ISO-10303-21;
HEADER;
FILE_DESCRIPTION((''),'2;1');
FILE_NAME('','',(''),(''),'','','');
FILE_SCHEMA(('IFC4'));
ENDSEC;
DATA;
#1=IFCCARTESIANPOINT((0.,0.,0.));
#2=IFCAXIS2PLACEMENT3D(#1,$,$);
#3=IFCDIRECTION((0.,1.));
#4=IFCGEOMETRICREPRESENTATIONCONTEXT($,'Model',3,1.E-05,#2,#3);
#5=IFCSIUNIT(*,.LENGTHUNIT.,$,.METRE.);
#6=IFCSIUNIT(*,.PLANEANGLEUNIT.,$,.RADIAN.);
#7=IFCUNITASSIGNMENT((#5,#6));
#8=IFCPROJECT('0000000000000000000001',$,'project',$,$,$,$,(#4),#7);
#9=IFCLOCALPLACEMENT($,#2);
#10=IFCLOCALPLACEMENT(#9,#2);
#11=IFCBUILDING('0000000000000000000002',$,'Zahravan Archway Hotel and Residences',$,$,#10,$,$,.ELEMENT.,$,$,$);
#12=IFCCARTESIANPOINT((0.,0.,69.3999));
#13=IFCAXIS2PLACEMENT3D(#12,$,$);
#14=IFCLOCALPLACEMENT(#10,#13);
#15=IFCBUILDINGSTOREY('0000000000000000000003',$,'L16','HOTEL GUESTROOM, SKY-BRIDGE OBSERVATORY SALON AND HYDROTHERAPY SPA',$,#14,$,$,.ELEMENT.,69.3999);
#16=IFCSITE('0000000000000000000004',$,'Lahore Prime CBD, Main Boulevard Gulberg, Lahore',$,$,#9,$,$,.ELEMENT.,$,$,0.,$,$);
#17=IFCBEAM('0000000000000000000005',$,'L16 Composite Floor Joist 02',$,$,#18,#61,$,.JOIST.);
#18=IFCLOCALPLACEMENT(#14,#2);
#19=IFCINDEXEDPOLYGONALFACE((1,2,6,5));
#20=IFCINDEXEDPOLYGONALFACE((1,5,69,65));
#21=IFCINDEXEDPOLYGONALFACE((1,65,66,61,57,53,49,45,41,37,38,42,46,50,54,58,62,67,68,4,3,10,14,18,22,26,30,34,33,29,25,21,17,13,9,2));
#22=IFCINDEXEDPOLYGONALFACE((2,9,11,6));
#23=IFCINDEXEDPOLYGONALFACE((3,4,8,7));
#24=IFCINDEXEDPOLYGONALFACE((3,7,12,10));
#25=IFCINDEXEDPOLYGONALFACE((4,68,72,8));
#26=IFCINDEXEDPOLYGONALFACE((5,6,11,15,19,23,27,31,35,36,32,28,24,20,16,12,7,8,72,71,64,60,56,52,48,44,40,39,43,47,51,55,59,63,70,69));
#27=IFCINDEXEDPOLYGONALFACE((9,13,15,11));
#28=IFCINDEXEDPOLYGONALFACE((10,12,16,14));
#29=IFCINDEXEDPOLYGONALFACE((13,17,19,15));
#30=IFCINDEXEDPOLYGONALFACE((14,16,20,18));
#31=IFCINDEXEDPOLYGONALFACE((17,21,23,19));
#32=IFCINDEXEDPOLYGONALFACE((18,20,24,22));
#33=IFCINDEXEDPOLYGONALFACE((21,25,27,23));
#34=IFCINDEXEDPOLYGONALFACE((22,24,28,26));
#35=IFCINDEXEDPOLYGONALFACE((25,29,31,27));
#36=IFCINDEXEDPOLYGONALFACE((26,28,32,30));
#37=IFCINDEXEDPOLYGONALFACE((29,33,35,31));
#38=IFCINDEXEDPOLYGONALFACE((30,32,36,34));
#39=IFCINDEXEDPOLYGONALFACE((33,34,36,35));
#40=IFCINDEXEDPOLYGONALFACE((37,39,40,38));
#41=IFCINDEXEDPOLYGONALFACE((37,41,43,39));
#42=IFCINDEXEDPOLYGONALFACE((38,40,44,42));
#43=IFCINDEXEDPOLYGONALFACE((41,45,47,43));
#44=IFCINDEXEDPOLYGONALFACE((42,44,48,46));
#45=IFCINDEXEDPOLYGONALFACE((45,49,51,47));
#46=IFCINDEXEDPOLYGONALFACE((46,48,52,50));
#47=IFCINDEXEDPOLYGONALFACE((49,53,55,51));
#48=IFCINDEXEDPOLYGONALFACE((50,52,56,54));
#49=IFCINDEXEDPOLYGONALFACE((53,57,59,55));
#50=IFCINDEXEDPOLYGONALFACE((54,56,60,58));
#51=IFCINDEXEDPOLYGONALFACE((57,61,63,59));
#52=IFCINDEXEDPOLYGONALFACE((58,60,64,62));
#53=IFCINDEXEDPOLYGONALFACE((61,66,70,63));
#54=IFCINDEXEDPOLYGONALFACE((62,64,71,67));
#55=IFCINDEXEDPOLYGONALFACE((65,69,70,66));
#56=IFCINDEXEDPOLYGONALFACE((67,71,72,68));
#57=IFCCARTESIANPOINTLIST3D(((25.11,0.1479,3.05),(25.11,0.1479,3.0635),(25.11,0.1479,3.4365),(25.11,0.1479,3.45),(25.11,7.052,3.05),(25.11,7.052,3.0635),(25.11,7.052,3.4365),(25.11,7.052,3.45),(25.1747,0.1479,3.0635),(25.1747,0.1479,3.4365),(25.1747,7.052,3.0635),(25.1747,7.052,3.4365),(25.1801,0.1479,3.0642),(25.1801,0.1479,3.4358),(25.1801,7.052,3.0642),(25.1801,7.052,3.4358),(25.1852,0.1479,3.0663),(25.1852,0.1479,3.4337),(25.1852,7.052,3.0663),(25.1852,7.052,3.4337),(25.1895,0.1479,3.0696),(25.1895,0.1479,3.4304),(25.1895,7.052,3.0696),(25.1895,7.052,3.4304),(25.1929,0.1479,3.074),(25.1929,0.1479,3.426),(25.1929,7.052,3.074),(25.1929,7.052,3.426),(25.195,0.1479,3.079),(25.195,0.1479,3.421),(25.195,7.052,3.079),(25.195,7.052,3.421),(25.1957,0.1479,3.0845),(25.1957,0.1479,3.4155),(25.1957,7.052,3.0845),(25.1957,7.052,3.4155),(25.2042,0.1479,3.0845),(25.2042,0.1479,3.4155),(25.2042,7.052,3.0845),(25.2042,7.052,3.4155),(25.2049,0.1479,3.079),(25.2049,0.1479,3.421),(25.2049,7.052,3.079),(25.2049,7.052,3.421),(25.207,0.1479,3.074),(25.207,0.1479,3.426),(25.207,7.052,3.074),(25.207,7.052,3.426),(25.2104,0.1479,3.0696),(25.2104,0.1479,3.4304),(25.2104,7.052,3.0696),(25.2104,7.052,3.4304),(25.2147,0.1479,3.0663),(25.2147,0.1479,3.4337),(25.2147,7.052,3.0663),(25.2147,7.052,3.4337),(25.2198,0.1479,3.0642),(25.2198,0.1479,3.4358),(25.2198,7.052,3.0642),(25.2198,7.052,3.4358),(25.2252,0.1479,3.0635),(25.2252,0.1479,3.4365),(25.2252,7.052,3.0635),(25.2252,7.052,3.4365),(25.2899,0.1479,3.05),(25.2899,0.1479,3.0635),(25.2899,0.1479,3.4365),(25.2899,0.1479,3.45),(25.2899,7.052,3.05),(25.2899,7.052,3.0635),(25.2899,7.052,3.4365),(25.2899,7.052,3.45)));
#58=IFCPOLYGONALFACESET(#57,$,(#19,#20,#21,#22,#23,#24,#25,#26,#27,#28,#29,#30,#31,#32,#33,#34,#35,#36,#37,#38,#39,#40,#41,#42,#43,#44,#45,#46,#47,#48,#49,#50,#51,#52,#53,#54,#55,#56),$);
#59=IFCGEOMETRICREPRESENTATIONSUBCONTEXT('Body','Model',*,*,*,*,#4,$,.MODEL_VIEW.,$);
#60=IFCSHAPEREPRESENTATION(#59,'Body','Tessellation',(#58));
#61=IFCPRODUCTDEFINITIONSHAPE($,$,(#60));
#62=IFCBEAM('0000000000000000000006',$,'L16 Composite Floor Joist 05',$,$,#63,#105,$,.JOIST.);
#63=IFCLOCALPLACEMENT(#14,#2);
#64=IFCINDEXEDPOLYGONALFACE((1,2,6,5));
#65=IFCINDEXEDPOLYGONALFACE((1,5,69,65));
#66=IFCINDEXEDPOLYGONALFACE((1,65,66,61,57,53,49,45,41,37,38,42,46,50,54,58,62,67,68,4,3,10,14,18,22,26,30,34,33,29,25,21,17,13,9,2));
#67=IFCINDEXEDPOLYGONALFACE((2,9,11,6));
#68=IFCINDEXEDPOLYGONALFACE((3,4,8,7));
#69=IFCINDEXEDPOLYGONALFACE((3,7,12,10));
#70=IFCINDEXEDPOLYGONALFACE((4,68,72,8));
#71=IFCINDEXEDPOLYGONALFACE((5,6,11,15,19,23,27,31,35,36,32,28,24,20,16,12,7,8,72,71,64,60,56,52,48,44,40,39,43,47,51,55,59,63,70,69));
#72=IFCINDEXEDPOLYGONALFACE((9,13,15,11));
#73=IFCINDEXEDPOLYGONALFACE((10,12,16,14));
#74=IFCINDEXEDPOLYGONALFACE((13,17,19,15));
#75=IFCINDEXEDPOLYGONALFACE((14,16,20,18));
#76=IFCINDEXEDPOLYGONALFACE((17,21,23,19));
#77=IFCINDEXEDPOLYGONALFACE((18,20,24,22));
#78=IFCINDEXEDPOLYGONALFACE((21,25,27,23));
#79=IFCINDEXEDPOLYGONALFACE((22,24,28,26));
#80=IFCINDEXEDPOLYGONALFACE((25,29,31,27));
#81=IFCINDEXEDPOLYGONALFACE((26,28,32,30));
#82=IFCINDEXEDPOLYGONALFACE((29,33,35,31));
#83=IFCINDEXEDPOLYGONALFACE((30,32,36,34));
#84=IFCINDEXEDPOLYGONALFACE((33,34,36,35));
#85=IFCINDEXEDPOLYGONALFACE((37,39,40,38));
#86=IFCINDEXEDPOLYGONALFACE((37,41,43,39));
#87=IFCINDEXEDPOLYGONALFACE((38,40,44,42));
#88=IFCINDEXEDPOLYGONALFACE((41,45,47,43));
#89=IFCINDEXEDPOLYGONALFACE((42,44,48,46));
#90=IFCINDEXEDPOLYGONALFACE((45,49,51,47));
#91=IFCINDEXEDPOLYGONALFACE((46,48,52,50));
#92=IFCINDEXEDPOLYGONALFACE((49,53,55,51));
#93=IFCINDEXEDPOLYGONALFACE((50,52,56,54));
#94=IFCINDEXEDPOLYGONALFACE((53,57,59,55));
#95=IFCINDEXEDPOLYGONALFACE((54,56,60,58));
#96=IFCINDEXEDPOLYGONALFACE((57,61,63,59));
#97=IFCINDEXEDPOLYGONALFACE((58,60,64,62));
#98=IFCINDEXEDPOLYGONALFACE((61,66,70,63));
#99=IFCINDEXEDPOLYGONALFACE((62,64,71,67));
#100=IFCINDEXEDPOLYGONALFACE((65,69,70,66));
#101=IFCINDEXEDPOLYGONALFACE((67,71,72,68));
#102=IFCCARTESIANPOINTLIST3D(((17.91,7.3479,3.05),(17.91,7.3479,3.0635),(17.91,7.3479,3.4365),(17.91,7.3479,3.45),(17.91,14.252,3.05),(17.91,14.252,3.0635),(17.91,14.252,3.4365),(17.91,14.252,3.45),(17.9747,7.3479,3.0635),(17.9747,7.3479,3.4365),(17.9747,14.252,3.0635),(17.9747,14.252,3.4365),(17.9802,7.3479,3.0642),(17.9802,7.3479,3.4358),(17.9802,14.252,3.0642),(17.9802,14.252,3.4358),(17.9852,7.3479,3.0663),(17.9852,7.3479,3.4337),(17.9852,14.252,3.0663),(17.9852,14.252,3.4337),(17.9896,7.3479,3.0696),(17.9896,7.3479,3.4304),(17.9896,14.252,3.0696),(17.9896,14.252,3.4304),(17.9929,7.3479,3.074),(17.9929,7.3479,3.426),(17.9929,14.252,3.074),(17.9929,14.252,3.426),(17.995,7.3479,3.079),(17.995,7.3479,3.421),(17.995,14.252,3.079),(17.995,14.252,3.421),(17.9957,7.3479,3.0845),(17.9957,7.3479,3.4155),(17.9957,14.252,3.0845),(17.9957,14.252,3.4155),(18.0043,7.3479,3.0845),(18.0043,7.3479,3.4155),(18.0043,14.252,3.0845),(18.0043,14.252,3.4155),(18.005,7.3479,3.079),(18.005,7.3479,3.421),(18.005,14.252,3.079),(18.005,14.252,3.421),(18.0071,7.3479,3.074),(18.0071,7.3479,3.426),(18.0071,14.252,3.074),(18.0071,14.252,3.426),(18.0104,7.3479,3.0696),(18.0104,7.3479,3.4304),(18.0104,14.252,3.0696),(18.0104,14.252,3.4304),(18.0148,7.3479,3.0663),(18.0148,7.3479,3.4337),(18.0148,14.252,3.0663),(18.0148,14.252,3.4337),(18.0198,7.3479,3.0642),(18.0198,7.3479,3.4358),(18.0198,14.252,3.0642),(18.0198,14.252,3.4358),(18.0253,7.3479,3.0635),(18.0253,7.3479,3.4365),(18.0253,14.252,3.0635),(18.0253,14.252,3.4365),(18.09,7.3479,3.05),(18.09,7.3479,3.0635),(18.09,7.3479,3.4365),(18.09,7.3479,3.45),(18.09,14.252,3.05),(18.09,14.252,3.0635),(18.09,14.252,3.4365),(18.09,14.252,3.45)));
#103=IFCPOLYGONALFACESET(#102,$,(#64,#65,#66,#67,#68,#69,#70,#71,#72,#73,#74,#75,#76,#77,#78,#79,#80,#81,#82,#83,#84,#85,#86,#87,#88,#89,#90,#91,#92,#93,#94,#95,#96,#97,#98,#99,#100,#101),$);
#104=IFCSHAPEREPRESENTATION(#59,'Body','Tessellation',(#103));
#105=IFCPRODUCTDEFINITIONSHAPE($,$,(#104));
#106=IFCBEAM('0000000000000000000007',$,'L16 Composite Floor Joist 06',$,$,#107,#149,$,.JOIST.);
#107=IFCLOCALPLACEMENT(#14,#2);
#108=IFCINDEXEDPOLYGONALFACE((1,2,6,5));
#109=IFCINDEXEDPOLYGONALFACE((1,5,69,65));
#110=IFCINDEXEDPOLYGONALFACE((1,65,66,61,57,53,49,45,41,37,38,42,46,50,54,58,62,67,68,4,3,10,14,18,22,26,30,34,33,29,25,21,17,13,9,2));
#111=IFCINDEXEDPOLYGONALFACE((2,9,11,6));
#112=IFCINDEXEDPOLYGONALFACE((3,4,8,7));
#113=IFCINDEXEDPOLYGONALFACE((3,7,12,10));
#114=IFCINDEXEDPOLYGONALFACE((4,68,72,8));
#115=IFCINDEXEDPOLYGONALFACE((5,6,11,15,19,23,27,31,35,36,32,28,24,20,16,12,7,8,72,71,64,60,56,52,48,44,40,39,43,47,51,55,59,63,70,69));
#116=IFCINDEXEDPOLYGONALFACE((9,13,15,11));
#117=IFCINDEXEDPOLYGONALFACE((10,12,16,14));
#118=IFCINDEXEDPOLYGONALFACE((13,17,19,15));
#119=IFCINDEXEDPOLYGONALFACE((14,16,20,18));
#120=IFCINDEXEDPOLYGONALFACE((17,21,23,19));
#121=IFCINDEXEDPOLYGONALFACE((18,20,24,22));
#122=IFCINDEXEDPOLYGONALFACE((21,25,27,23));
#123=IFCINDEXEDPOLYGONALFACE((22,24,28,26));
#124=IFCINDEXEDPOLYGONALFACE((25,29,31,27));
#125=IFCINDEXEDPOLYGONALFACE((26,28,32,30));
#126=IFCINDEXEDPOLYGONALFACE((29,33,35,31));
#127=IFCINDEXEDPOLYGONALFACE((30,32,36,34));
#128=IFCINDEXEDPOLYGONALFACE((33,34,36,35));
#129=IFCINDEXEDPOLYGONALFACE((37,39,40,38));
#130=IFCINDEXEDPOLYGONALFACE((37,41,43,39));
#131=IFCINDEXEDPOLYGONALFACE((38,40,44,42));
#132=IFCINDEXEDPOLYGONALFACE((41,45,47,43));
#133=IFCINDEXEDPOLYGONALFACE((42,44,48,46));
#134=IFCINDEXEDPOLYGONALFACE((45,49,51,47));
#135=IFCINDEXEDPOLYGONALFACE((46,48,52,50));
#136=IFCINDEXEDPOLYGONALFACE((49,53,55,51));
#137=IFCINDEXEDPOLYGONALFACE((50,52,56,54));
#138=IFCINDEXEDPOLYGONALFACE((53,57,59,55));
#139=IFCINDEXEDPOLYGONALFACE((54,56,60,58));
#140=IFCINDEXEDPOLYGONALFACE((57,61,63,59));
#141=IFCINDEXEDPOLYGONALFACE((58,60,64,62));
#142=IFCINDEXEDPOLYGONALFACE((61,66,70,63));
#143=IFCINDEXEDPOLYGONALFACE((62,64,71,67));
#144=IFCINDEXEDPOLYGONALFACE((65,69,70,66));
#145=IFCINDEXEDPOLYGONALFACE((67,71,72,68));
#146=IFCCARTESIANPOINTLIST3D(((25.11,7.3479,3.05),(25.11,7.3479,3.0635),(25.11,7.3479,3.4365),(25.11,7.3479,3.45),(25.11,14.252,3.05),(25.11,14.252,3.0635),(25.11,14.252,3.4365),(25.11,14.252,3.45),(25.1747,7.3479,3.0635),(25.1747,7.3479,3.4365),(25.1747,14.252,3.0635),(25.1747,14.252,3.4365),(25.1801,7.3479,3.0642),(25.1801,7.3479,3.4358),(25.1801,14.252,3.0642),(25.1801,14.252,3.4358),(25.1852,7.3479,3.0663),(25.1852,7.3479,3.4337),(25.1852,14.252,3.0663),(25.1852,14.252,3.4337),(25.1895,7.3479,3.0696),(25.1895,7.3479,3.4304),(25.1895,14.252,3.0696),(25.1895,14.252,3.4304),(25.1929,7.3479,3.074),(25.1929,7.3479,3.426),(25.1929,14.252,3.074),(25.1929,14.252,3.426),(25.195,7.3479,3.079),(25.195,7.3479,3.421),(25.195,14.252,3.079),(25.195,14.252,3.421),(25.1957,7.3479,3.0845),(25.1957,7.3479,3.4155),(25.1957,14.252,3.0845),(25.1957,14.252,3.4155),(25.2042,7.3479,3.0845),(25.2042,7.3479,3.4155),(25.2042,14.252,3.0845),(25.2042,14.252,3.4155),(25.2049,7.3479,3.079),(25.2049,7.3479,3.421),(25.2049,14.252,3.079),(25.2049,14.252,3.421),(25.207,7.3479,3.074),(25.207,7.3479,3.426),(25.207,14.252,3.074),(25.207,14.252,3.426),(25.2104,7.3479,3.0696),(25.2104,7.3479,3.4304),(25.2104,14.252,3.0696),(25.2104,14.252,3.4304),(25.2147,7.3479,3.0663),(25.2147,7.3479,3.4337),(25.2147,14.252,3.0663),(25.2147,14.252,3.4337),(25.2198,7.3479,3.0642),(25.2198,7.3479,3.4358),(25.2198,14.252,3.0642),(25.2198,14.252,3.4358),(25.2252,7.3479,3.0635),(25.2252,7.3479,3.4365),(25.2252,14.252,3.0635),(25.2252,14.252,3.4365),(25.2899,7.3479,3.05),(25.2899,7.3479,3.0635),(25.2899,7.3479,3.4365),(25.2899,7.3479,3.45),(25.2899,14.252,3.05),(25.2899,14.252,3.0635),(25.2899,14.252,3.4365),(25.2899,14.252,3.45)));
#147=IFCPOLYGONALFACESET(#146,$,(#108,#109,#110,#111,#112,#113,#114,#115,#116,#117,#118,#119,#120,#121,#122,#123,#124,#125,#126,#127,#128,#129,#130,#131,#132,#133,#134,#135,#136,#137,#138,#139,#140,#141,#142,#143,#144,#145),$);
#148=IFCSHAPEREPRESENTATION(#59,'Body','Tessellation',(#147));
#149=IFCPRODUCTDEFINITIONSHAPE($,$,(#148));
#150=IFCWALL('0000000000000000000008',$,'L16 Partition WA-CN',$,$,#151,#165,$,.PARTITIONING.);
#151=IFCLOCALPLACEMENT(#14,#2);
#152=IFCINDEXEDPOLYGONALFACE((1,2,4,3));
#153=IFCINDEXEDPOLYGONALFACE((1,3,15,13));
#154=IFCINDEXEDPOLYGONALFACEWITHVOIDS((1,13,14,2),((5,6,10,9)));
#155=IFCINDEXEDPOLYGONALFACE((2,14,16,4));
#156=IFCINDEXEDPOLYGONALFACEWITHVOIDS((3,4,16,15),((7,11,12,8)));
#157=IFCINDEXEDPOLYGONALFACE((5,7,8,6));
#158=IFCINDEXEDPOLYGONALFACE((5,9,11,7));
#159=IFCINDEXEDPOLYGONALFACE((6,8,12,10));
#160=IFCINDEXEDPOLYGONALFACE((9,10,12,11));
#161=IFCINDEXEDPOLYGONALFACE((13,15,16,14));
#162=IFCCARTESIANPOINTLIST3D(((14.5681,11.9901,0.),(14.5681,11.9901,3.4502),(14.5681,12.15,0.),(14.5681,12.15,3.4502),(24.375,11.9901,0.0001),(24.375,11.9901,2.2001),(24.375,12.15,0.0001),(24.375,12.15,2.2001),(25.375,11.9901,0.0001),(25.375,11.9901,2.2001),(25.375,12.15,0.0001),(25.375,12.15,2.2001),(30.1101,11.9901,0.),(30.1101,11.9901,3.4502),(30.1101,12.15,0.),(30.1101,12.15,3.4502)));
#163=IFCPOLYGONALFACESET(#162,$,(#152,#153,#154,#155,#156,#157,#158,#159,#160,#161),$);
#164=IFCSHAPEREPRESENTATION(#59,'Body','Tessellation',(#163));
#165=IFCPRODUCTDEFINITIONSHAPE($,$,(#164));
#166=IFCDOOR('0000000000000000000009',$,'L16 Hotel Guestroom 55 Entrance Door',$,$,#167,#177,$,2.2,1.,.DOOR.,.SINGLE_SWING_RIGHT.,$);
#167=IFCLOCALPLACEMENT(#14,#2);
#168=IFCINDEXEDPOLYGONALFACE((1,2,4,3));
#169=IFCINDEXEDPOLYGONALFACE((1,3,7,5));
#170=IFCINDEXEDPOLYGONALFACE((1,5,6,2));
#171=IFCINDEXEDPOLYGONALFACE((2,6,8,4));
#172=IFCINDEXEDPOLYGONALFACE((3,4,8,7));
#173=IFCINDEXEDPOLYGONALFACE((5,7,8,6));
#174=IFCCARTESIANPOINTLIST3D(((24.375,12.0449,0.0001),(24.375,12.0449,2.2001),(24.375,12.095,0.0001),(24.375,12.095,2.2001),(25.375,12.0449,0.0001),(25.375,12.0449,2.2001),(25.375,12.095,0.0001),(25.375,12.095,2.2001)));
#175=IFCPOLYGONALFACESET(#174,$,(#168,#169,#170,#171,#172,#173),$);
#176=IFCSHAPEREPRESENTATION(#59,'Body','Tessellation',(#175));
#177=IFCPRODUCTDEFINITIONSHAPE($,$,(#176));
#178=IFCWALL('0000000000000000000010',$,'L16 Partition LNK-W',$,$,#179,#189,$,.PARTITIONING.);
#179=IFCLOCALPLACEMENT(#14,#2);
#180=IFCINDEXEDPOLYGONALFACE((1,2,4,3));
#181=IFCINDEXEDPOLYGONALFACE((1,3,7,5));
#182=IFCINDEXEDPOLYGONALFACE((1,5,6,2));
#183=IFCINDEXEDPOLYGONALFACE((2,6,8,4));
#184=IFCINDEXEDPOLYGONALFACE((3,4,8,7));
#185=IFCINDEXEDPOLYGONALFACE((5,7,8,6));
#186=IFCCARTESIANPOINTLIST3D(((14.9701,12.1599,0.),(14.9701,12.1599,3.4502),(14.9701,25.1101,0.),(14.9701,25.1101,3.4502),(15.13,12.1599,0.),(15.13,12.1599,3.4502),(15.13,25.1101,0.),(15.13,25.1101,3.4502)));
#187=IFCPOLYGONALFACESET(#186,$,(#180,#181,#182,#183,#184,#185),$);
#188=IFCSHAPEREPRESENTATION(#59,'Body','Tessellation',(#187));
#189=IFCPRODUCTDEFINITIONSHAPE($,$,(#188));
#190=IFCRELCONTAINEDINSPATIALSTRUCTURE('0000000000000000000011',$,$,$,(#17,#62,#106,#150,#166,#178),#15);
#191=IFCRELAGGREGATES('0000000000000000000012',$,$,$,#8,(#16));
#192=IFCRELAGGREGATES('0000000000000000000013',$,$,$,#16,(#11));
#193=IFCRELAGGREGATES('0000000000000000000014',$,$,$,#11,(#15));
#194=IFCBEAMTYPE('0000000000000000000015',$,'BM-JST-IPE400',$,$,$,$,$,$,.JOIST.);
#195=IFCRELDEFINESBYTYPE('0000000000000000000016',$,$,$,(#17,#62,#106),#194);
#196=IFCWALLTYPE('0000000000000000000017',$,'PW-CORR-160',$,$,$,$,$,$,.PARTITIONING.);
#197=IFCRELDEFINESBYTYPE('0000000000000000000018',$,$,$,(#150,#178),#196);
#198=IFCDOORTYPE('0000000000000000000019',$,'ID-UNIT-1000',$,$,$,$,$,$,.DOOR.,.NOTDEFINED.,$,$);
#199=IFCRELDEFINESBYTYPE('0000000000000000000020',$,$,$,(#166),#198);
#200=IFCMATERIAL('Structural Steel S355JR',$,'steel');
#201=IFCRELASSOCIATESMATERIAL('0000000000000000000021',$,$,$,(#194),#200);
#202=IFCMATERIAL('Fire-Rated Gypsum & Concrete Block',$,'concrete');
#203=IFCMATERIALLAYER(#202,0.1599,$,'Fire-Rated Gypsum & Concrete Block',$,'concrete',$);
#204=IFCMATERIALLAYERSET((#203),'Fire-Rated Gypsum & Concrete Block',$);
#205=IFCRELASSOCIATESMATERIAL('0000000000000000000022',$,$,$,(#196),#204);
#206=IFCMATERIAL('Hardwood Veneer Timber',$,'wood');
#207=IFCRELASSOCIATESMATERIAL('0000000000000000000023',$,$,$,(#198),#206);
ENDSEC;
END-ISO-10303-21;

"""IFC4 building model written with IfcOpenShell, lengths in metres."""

from ifc_helpers import new_model, si_unit, direction, frame, frame_2d, origin, origin_2d, place, context, subcontext, project, spatial, rectangle, i_section, extrude, source, transform, mapped, material, layer, layer_set, material_profile, profile_set, type_object, type_shapes, element, fill, save


model = new_model("IFC4")

# Units and contexts
model_context = context("Model", 3, precision=1e-05, world=origin(), true_north=direction((0.0, 1.0)))
body_context = subcontext(model_context, "Body", "Model", "MODEL_VIEW")
ifc_project = project(units=[si_unit("LENGTHUNIT", "METRE"), si_unit("PLANEANGLEUNIT", "RADIAN")], contexts=[model_context])

# Site, building, storey
site_placement = place(None, origin())
site = spatial("IfcSite", under=ifc_project, at=site_placement, Name="Lahore Prime CBD, Main Boulevard Gulberg, Lahore", CompositionType="ELEMENT", RefElevation=0.0)
building_placement = place(site_placement, origin())
building = spatial("IfcBuilding", under=site, at=building_placement, Name="Zahravan Archway Hotel and Residences", CompositionType="ELEMENT")
storey_placement = place(building_placement, frame((0.0, 0.0, 69.3999)))
storey = spatial("IfcBuildingStorey", under=building, at=storey_placement, Name="L16", Description="HOTEL GUESTROOM, SKY-BRIDGE OBSERVATORY SALON AND HYDROTHERAPY SPA", CompositionType="ELEMENT", Elevation=69.3999)

# Beams
ifc_material_1 = material(Name="Structural Steel S355JR", Category="steel")
ifc_material_profile_1 = material_profile(ifc_material_1, i_section(OverallWidth=0.1799, OverallDepth=0.3999, WebThickness=0.0085, FlangeThickness=0.0134, FilletRadius=0.021, at=origin_2d()), Name="IPE 400", Category="steel")
ifc_profile_set_1 = profile_set([ifc_material_profile_1], Name="Structural Steel S355JR")
beam_type_1 = type_object("IfcBeamType", Name="BM-JST-IPE400", PredefinedType="JOIST", material=ifc_profile_set_1)
shared_shape_1 = source(origin(), body_context, "Body", "SweptSolid", [
    extrude(i_section(OverallWidth=0.1799, OverallDepth=0.3999, WebThickness=0.0085, FlangeThickness=0.0134, FilletRadius=0.021, at=origin_2d()), origin(), (0.0, 0.0, 1.0), 6.9041),
])
type_shapes(beam_type_1, [shared_shape_1])
for number, where, z_axis, x_axis, name in (
    (1, (25.2, 0.1479, 3.25), (0.0, 1.0, 0.0), (-1.0, 0.0, 0.0), "L16 Composite Floor Joist 02"),
    (2, (18.0, 7.3479, 3.25), (0.0, 1.0, 0.0), (-1.0, 0.0, 0.0), "L16 Composite Floor Joist 05"),
    (3, (25.2, 7.3479, 3.25), (0.0, 1.0, 0.0), (-1.0, 0.0, 0.0), "L16 Composite Floor Joist 06"),
):
    element("IfcBeam", number, at=place(storey_placement, frame(where, z_axis=z_axis, x_axis=x_axis)), inside=storey, type_object=beam_type_1, Name=name, PredefinedType="JOIST", context=body_context, shape_type="MappedRepresentation", body=[
        mapped(shared_shape_1, transform((0.0, 0.0, 0.0), scale=1.0)),
    ])

# Wall, opening, door
ifc_material_2 = material(Name="Fire-Rated Gypsum & Concrete Block", Category="concrete")
ifc_layer_1 = layer(ifc_material_2, 0.1599, Name="Fire-Rated Gypsum & Concrete Block", Category="concrete")
ifc_layer_set_1 = layer_set([ifc_layer_1], Name="Fire-Rated Gypsum & Concrete Block")
wall_type_1 = type_object("IfcWallType", Name="PW-CORR-160", PredefinedType="PARTITIONING", material=ifc_layer_set_1)
wall_1_placement = place(storey_placement, frame((14.5681, 12.0701, 0.0), z_axis=(0.0, 0.0, 1.0), x_axis=(1.0, 0.0, 0.0)))
wall_1 = element("IfcWall", 4, at=wall_1_placement, inside=storey, type_object=wall_type_1, Name="L16 Partition WA-CN", PredefinedType="PARTITIONING", context=body_context, shape_type="SweptSolid", body=[
    extrude(rectangle(XDim=15.542, YDim=0.1599, at=frame_2d((7.771, 0.0))), origin(), (0.0, 0.0, 1.0), 3.4502),
])
opening_1_placement = place(wall_1_placement, frame((9.8069, 0.0, 0.0)))
opening_1 = element("IfcOpeningElement", 5, at=opening_1_placement, cuts=wall_1, PredefinedType="OPENING", context=body_context, shape_type="SweptSolid", body=[
    extrude(rectangle(XDim=1.0, YDim=2.2, at=frame_2d((0.5, 1.1001))), frame((0.0, 0.0898, 0.0), z_axis=(0.0, -1.0, 0.0), x_axis=(1.0, 0.0, 0.0)), (0.0, 0.0, 1.0), 0.1799),
])
ifc_material_3 = material(Name="Hardwood Veneer Timber", Category="wood")
door_type_1 = type_object("IfcDoorType", Name="ID-UNIT-1000", OperationType="NOTDEFINED", PredefinedType="DOOR", material=ifc_material_3)
shared_shape_2 = source(origin(), body_context, "Body", "SweptSolid", [
    extrude(rectangle(XDim=1.0, YDim=2.2, at=frame_2d((0.5, 1.1001))), frame((0.0, 0.0249, 0.0), z_axis=(0.0, -1.0, 0.0), x_axis=(1.0, 0.0, 0.0)), (0.0, 0.0, 1.0), 0.05),
])
type_shapes(door_type_1, [shared_shape_2])
door_1_placement = place(opening_1_placement, origin())
door_1 = element("IfcDoor", 6, at=door_1_placement, inside=storey, type_object=door_type_1, Name="L16 Hotel Guestroom 55 Entrance Door", OperationType="SINGLE_SWING_RIGHT", OverallHeight=2.2, OverallWidth=1.0, PredefinedType="DOOR", context=body_context, shape_type="MappedRepresentation", body=[
    mapped(shared_shape_2, transform((0.0, 0.0, 0.0), scale=1.0)),
])
fill(opening_1, door_1)

# Wall
for number, where, z_axis, x_axis, name in (
    (7, (15.05, 12.1599, 0.0), (0.0, 0.0, 1.0), (0.0, 1.0, 0.0), "L16 Partition LNK-W"),
):
    element("IfcWall", number, at=place(storey_placement, frame(where, z_axis=z_axis, x_axis=x_axis)), inside=storey, type_object=wall_type_1, Name=name, PredefinedType="PARTITIONING", context=body_context, shape_type="SweptSolid", body=[
        extrude(rectangle(XDim=12.9502, YDim=0.1599, at=frame_2d((6.4751, 0.0))), origin(), (0.0, 0.0, 1.0), 3.4502),
    ])

save(model, "model.ifc")
